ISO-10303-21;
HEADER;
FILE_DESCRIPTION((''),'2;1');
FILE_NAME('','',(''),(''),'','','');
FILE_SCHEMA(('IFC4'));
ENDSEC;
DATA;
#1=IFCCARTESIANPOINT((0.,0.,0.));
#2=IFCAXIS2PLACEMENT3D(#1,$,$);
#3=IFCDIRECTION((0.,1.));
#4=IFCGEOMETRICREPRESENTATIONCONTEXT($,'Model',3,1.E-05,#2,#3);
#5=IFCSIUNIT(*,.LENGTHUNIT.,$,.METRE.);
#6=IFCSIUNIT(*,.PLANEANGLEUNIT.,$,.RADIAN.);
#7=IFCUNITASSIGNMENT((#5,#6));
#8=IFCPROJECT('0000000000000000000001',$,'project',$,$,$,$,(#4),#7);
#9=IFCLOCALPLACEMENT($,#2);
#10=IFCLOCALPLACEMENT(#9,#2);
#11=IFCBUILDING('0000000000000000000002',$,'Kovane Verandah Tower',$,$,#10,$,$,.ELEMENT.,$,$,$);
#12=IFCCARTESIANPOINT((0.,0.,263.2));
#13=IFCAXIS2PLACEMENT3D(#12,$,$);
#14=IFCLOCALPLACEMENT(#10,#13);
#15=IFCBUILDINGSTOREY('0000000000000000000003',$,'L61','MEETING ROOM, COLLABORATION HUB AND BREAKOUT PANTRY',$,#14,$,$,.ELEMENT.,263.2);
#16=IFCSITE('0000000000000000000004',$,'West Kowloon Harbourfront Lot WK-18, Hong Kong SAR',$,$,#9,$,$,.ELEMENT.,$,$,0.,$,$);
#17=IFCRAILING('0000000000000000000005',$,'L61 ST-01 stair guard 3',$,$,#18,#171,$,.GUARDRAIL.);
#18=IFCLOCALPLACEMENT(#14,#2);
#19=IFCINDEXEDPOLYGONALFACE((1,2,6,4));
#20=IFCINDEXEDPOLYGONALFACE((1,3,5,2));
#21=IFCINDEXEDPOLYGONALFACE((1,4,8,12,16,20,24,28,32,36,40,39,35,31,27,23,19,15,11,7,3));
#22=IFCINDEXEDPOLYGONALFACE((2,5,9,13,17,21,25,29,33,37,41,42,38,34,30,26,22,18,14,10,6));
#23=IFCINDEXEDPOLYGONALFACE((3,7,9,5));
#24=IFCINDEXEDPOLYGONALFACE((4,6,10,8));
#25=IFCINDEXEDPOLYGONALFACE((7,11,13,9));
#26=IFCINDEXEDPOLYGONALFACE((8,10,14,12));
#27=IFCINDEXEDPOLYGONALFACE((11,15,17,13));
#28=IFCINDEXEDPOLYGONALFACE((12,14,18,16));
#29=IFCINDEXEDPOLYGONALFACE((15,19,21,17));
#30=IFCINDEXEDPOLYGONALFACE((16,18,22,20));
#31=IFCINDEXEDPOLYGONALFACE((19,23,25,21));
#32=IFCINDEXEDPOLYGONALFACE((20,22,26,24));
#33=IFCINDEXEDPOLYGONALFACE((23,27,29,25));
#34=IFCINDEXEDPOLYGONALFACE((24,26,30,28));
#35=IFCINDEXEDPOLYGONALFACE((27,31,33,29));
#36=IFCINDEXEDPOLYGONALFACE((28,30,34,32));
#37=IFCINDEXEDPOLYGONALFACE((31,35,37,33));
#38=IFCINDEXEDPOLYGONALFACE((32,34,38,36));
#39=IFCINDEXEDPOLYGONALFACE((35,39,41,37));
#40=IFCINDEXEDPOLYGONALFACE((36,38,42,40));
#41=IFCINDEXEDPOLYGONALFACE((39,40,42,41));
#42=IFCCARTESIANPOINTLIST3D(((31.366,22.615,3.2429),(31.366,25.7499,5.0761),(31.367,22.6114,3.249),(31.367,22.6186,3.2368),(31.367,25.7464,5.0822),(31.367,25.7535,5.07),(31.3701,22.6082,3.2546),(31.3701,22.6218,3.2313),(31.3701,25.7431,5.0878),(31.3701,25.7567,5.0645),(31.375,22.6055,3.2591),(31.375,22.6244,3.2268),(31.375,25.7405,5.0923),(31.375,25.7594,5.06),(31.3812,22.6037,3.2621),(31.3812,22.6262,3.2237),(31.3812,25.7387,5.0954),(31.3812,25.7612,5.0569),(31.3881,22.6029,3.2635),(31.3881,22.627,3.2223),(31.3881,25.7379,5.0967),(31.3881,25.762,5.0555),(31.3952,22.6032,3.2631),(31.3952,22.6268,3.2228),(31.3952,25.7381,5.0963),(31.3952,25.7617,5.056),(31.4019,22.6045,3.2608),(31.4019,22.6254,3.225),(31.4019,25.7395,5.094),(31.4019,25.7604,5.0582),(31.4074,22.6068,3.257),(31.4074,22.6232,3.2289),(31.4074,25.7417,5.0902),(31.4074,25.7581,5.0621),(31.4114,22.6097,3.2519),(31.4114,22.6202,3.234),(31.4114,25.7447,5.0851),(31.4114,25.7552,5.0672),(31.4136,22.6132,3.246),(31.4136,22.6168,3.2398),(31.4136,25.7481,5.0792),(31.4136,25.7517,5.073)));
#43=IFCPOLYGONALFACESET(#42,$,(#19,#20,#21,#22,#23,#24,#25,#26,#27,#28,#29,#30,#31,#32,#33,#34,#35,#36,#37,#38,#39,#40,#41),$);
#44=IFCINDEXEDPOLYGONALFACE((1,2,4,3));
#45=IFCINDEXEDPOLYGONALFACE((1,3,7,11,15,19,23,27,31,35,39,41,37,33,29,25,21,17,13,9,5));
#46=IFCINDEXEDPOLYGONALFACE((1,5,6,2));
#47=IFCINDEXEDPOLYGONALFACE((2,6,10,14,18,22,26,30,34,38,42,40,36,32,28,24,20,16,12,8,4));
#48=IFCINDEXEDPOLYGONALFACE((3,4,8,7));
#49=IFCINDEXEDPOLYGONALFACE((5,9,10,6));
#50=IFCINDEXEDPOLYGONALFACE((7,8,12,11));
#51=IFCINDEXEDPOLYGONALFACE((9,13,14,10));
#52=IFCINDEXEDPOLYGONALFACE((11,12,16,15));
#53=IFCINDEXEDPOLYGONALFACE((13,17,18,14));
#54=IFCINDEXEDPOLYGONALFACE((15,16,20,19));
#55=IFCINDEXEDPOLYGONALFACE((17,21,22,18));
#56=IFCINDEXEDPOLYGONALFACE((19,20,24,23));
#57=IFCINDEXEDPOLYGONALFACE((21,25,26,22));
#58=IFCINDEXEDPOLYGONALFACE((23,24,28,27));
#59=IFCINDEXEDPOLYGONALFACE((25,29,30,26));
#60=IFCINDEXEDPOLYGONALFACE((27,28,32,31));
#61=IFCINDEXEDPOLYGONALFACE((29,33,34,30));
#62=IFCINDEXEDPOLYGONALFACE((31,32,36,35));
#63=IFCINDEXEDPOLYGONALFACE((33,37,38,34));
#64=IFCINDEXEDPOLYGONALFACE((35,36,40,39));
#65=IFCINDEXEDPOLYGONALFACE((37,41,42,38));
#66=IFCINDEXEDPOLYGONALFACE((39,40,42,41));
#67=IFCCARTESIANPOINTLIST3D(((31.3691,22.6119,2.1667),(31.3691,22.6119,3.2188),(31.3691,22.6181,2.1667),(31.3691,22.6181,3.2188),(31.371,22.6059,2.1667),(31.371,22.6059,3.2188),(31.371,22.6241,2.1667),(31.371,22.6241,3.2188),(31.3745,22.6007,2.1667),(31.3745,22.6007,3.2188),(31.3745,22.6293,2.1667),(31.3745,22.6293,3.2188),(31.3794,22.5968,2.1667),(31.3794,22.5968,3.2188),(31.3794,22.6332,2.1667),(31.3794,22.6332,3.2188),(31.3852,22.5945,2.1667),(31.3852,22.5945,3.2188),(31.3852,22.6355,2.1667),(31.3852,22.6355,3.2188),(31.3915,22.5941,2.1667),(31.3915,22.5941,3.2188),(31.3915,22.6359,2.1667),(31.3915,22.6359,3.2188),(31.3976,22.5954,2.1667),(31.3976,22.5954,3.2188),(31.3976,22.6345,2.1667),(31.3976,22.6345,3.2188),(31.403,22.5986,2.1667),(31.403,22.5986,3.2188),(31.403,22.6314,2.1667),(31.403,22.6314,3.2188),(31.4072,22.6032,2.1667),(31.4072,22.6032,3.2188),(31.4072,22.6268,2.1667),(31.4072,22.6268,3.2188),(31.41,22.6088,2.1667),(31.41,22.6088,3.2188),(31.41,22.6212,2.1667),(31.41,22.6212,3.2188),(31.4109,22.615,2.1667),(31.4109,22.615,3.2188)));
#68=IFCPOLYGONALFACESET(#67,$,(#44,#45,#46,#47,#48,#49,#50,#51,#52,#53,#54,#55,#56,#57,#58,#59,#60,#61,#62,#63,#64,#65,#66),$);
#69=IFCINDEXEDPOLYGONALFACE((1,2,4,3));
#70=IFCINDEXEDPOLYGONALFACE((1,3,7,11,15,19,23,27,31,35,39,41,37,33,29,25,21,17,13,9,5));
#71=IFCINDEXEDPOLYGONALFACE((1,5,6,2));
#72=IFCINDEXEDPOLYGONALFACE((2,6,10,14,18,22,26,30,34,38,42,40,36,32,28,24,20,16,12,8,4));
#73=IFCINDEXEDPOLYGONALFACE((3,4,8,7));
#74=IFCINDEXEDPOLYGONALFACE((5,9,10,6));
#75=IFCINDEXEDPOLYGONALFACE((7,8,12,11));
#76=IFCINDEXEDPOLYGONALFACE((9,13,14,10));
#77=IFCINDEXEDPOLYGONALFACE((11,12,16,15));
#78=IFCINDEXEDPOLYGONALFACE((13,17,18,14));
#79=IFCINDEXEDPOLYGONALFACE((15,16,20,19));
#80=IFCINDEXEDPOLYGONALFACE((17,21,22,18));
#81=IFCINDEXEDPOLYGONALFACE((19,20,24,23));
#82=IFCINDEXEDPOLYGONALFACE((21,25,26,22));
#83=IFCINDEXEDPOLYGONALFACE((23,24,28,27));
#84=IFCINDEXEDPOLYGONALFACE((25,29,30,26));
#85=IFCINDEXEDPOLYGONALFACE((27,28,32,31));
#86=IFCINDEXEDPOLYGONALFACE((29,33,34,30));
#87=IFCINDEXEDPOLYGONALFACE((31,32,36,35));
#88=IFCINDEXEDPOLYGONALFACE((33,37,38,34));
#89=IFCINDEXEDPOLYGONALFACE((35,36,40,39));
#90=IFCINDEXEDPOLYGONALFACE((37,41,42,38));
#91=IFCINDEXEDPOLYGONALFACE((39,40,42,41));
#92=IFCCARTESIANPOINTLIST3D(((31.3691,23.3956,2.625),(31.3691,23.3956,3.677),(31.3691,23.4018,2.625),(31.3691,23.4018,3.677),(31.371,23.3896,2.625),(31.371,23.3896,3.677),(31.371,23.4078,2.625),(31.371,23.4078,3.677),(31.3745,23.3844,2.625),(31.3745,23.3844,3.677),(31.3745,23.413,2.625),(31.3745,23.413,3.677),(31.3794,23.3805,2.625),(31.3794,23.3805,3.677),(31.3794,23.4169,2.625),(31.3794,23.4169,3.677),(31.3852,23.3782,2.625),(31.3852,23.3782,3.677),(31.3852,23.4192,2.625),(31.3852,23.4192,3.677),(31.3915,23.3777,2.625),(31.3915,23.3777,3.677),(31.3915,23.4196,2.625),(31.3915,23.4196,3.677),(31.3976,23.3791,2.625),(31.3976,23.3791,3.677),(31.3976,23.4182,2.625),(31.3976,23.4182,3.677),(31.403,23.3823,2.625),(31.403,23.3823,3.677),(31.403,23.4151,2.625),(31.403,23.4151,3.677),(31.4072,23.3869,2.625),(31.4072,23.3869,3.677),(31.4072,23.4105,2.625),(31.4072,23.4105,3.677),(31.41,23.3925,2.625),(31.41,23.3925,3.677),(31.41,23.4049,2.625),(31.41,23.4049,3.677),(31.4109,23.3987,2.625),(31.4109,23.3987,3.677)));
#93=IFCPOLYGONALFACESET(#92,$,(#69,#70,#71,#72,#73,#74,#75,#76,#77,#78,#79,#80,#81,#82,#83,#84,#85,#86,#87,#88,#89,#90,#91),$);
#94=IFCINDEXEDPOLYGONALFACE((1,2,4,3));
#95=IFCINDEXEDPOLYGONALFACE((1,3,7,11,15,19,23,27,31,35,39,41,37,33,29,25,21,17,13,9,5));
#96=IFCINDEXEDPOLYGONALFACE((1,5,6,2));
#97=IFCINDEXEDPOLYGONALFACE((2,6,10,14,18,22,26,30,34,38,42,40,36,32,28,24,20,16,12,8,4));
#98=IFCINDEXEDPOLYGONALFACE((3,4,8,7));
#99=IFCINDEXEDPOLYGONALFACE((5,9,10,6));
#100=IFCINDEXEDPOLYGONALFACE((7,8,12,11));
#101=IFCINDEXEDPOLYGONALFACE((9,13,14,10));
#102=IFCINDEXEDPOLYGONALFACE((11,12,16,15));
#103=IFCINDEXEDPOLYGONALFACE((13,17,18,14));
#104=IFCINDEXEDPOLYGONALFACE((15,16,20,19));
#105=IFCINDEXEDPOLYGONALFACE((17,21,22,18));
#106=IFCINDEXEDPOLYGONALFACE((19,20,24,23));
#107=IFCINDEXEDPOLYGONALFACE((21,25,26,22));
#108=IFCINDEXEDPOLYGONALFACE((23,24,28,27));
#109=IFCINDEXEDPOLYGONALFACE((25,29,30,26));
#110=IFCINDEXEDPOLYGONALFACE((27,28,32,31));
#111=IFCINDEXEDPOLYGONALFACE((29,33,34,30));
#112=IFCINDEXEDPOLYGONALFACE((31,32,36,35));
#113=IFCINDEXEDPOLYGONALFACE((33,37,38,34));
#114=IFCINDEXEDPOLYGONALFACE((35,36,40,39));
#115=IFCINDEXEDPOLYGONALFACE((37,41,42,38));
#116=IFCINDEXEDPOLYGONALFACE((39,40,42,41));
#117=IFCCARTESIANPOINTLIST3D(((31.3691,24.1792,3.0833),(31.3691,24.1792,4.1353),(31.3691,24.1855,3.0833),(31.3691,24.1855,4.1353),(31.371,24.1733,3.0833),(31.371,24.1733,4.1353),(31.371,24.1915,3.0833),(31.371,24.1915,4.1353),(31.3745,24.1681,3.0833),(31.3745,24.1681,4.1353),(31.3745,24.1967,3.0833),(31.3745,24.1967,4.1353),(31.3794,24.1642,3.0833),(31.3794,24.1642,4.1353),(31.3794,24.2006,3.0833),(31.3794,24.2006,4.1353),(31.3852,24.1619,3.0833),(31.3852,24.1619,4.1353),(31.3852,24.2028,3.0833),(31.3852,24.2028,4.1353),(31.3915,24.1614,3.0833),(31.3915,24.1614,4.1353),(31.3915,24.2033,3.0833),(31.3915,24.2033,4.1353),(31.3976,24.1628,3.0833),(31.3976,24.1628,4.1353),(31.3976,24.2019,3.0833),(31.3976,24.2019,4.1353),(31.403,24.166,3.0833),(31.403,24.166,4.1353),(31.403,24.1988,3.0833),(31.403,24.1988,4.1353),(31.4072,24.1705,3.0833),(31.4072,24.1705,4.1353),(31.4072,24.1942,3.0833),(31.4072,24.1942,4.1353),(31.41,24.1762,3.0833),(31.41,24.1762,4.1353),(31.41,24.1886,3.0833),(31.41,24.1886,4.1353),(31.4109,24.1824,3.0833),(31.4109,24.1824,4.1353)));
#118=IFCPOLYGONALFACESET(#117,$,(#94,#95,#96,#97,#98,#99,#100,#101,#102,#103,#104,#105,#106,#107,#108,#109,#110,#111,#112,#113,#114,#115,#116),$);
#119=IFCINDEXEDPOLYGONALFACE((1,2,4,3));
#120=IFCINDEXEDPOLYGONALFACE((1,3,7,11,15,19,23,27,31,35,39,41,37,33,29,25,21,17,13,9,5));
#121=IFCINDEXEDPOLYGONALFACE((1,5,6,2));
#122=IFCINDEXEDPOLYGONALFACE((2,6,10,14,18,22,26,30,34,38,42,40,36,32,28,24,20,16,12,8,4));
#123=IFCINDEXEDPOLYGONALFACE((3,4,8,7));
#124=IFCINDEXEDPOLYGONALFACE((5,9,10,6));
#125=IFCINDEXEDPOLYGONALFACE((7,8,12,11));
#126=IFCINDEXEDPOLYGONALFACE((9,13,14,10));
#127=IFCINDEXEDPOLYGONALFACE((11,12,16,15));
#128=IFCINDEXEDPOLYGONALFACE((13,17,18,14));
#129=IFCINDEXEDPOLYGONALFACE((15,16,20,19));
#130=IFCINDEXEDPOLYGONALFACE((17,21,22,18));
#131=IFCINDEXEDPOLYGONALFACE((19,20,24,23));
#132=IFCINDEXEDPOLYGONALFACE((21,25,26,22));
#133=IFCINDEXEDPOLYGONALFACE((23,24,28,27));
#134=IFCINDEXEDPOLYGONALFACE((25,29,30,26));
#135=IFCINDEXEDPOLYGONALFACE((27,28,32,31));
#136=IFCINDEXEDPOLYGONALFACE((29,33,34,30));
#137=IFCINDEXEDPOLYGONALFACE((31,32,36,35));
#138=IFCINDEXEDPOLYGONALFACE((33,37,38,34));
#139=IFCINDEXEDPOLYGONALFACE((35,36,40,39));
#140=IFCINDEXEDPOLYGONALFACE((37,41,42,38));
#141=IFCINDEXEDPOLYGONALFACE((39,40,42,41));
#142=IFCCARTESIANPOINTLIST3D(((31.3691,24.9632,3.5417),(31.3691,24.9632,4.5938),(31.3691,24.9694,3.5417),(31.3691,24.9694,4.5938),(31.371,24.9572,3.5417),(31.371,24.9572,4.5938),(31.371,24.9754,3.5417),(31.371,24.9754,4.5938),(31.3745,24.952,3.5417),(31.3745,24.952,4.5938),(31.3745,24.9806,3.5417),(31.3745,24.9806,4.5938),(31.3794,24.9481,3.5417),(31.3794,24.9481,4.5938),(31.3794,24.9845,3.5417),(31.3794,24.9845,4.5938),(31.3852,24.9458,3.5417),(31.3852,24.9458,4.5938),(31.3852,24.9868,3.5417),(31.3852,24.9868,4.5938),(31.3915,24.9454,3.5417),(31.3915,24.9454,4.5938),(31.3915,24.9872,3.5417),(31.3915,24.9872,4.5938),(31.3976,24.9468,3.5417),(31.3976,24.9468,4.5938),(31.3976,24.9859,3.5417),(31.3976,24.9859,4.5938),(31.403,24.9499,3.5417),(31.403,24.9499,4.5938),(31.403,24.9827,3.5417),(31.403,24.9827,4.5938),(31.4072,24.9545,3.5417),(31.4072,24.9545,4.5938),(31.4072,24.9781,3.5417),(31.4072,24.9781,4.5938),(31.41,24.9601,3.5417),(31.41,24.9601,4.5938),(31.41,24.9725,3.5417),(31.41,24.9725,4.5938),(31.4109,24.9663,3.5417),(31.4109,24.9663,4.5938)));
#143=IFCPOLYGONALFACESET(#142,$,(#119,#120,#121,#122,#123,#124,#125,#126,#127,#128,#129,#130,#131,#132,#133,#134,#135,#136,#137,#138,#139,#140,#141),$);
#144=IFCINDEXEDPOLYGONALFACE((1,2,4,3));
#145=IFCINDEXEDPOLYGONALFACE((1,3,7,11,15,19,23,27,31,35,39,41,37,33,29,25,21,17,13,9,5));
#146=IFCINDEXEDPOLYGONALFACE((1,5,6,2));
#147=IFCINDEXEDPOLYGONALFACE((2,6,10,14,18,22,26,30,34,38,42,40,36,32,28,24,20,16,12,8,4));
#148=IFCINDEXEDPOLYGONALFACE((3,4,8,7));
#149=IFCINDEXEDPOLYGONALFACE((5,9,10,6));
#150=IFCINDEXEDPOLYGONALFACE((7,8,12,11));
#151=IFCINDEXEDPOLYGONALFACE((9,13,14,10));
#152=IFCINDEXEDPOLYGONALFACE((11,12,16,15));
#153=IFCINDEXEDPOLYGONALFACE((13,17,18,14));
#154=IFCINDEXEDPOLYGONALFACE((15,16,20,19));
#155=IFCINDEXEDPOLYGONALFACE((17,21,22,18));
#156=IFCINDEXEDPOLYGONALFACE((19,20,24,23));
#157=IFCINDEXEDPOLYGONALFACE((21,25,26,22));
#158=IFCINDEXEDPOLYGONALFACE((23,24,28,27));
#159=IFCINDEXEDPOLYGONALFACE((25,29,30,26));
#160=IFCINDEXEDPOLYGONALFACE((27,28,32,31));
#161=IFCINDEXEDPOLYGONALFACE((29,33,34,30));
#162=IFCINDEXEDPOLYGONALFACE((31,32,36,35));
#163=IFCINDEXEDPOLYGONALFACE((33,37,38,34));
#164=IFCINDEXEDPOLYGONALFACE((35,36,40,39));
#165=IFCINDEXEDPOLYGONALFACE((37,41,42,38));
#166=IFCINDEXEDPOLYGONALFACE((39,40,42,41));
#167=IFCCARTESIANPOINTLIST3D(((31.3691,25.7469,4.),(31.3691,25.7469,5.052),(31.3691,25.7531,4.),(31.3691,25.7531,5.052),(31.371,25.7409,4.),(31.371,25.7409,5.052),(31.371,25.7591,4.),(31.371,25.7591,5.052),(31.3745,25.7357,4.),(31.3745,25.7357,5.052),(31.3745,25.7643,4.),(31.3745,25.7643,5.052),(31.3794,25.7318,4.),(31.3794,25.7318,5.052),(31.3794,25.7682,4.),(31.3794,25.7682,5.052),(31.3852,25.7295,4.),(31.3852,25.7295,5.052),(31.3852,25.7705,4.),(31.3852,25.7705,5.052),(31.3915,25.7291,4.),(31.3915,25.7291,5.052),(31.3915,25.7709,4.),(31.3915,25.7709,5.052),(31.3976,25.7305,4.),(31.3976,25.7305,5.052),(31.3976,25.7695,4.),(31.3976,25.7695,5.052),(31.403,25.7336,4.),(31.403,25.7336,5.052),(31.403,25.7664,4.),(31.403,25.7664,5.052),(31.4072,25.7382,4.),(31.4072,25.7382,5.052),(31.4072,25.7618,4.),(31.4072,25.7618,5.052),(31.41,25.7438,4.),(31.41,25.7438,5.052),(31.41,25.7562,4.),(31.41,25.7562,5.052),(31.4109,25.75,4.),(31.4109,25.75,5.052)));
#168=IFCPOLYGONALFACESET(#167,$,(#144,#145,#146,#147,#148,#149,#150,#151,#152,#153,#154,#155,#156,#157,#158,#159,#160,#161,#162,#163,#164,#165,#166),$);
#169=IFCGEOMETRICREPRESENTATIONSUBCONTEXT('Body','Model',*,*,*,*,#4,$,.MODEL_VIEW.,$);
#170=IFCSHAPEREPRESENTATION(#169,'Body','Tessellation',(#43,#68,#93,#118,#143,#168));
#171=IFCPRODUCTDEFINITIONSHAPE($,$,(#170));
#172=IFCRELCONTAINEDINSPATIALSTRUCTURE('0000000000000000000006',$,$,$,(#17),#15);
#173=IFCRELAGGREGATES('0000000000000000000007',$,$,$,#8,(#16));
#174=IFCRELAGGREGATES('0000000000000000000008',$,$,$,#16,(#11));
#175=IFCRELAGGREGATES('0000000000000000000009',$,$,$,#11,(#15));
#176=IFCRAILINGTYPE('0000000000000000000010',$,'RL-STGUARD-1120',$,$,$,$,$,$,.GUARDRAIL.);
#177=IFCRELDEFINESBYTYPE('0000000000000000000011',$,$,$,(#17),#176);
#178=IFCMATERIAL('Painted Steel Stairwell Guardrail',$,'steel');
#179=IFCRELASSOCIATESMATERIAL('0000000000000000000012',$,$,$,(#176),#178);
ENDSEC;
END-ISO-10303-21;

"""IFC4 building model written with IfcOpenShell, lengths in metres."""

from ifc_helpers import new_model, si_unit, direction, frame, origin, origin_2d, place, context, subcontext, project, spatial, circle, extrude, material, type_object, element, save


model = new_model("IFC4")

# Units and contexts
model_context = context("Model", 3, precision=1e-05, world=origin(), true_north=direction((0.0, 1.0)))
body_context = subcontext(model_context, "Body", "Model", "MODEL_VIEW")
ifc_project = project(units=[si_unit("LENGTHUNIT", "METRE"), si_unit("PLANEANGLEUNIT", "RADIAN")], contexts=[model_context])

# Site, building, storey
site_placement = place(None, origin())
site = spatial("IfcSite", under=ifc_project, at=site_placement, Name="West Kowloon Harbourfront Lot WK-18, Hong Kong SAR", CompositionType="ELEMENT", RefElevation=0.0)
building_placement = place(site_placement, origin())
building = spatial("IfcBuilding", under=site, at=building_placement, Name="Kovane Verandah Tower", CompositionType="ELEMENT")
storey_placement = place(building_placement, frame((0.0, 0.0, 263.2)))
storey = spatial("IfcBuildingStorey", under=building, at=storey_placement, Name="L61", Description="MEETING ROOM, COLLABORATION HUB AND BREAKOUT PANTRY", CompositionType="ELEMENT", Elevation=263.2)

# Railing
ifc_material_1 = material(Name="Painted Steel Stairwell Guardrail", Category="steel")
railing_type_1 = type_object("IfcRailingType", Name="RL-STGUARD-1120", PredefinedType="GUARDRAIL", material=ifc_material_1)
railing_1_placement = place(storey_placement, frame((31.3899, 22.615, 2.1667)))
element("IfcRailing", 1, at=railing_1_placement, inside=storey, type_object=railing_type_1, Name="L61 ST-01 stair guard 3", PredefinedType="GUARDRAIL", context=body_context, shape_type="SweptSolid", body=[
    extrude(circle(Radius=0.0239, at=origin_2d()), frame((0.0, 0.0, 1.0762), z_axis=(0.0, 0.86324, 0.504794), x_axis=(-1.0, 0.0, 0.0)), (0.0, 0.0, 1.0), 3.6316),
    extrude(circle(Radius=0.021, at=origin_2d()), origin(), (0.0, 0.0, 1.0), 1.052),
    extrude(circle(Radius=0.021, at=origin_2d()), frame((0.0, 0.7837, 0.4583)), (0.0, 0.0, 1.0), 1.052),
    extrude(circle(Radius=0.021, at=origin_2d()), frame((0.0, 1.5674, 0.9165)), (0.0, 0.0, 1.0), 1.052),
    extrude(circle(Radius=0.021, at=origin_2d()), frame((0.0, 2.3513, 1.375)), (0.0, 0.0, 1.0), 1.052),
    extrude(circle(Radius=0.021, at=origin_2d()), frame((0.0, 3.135, 1.8333)), (0.0, 0.0, 1.0), 1.052),
])

save(model, "model.ifc")
